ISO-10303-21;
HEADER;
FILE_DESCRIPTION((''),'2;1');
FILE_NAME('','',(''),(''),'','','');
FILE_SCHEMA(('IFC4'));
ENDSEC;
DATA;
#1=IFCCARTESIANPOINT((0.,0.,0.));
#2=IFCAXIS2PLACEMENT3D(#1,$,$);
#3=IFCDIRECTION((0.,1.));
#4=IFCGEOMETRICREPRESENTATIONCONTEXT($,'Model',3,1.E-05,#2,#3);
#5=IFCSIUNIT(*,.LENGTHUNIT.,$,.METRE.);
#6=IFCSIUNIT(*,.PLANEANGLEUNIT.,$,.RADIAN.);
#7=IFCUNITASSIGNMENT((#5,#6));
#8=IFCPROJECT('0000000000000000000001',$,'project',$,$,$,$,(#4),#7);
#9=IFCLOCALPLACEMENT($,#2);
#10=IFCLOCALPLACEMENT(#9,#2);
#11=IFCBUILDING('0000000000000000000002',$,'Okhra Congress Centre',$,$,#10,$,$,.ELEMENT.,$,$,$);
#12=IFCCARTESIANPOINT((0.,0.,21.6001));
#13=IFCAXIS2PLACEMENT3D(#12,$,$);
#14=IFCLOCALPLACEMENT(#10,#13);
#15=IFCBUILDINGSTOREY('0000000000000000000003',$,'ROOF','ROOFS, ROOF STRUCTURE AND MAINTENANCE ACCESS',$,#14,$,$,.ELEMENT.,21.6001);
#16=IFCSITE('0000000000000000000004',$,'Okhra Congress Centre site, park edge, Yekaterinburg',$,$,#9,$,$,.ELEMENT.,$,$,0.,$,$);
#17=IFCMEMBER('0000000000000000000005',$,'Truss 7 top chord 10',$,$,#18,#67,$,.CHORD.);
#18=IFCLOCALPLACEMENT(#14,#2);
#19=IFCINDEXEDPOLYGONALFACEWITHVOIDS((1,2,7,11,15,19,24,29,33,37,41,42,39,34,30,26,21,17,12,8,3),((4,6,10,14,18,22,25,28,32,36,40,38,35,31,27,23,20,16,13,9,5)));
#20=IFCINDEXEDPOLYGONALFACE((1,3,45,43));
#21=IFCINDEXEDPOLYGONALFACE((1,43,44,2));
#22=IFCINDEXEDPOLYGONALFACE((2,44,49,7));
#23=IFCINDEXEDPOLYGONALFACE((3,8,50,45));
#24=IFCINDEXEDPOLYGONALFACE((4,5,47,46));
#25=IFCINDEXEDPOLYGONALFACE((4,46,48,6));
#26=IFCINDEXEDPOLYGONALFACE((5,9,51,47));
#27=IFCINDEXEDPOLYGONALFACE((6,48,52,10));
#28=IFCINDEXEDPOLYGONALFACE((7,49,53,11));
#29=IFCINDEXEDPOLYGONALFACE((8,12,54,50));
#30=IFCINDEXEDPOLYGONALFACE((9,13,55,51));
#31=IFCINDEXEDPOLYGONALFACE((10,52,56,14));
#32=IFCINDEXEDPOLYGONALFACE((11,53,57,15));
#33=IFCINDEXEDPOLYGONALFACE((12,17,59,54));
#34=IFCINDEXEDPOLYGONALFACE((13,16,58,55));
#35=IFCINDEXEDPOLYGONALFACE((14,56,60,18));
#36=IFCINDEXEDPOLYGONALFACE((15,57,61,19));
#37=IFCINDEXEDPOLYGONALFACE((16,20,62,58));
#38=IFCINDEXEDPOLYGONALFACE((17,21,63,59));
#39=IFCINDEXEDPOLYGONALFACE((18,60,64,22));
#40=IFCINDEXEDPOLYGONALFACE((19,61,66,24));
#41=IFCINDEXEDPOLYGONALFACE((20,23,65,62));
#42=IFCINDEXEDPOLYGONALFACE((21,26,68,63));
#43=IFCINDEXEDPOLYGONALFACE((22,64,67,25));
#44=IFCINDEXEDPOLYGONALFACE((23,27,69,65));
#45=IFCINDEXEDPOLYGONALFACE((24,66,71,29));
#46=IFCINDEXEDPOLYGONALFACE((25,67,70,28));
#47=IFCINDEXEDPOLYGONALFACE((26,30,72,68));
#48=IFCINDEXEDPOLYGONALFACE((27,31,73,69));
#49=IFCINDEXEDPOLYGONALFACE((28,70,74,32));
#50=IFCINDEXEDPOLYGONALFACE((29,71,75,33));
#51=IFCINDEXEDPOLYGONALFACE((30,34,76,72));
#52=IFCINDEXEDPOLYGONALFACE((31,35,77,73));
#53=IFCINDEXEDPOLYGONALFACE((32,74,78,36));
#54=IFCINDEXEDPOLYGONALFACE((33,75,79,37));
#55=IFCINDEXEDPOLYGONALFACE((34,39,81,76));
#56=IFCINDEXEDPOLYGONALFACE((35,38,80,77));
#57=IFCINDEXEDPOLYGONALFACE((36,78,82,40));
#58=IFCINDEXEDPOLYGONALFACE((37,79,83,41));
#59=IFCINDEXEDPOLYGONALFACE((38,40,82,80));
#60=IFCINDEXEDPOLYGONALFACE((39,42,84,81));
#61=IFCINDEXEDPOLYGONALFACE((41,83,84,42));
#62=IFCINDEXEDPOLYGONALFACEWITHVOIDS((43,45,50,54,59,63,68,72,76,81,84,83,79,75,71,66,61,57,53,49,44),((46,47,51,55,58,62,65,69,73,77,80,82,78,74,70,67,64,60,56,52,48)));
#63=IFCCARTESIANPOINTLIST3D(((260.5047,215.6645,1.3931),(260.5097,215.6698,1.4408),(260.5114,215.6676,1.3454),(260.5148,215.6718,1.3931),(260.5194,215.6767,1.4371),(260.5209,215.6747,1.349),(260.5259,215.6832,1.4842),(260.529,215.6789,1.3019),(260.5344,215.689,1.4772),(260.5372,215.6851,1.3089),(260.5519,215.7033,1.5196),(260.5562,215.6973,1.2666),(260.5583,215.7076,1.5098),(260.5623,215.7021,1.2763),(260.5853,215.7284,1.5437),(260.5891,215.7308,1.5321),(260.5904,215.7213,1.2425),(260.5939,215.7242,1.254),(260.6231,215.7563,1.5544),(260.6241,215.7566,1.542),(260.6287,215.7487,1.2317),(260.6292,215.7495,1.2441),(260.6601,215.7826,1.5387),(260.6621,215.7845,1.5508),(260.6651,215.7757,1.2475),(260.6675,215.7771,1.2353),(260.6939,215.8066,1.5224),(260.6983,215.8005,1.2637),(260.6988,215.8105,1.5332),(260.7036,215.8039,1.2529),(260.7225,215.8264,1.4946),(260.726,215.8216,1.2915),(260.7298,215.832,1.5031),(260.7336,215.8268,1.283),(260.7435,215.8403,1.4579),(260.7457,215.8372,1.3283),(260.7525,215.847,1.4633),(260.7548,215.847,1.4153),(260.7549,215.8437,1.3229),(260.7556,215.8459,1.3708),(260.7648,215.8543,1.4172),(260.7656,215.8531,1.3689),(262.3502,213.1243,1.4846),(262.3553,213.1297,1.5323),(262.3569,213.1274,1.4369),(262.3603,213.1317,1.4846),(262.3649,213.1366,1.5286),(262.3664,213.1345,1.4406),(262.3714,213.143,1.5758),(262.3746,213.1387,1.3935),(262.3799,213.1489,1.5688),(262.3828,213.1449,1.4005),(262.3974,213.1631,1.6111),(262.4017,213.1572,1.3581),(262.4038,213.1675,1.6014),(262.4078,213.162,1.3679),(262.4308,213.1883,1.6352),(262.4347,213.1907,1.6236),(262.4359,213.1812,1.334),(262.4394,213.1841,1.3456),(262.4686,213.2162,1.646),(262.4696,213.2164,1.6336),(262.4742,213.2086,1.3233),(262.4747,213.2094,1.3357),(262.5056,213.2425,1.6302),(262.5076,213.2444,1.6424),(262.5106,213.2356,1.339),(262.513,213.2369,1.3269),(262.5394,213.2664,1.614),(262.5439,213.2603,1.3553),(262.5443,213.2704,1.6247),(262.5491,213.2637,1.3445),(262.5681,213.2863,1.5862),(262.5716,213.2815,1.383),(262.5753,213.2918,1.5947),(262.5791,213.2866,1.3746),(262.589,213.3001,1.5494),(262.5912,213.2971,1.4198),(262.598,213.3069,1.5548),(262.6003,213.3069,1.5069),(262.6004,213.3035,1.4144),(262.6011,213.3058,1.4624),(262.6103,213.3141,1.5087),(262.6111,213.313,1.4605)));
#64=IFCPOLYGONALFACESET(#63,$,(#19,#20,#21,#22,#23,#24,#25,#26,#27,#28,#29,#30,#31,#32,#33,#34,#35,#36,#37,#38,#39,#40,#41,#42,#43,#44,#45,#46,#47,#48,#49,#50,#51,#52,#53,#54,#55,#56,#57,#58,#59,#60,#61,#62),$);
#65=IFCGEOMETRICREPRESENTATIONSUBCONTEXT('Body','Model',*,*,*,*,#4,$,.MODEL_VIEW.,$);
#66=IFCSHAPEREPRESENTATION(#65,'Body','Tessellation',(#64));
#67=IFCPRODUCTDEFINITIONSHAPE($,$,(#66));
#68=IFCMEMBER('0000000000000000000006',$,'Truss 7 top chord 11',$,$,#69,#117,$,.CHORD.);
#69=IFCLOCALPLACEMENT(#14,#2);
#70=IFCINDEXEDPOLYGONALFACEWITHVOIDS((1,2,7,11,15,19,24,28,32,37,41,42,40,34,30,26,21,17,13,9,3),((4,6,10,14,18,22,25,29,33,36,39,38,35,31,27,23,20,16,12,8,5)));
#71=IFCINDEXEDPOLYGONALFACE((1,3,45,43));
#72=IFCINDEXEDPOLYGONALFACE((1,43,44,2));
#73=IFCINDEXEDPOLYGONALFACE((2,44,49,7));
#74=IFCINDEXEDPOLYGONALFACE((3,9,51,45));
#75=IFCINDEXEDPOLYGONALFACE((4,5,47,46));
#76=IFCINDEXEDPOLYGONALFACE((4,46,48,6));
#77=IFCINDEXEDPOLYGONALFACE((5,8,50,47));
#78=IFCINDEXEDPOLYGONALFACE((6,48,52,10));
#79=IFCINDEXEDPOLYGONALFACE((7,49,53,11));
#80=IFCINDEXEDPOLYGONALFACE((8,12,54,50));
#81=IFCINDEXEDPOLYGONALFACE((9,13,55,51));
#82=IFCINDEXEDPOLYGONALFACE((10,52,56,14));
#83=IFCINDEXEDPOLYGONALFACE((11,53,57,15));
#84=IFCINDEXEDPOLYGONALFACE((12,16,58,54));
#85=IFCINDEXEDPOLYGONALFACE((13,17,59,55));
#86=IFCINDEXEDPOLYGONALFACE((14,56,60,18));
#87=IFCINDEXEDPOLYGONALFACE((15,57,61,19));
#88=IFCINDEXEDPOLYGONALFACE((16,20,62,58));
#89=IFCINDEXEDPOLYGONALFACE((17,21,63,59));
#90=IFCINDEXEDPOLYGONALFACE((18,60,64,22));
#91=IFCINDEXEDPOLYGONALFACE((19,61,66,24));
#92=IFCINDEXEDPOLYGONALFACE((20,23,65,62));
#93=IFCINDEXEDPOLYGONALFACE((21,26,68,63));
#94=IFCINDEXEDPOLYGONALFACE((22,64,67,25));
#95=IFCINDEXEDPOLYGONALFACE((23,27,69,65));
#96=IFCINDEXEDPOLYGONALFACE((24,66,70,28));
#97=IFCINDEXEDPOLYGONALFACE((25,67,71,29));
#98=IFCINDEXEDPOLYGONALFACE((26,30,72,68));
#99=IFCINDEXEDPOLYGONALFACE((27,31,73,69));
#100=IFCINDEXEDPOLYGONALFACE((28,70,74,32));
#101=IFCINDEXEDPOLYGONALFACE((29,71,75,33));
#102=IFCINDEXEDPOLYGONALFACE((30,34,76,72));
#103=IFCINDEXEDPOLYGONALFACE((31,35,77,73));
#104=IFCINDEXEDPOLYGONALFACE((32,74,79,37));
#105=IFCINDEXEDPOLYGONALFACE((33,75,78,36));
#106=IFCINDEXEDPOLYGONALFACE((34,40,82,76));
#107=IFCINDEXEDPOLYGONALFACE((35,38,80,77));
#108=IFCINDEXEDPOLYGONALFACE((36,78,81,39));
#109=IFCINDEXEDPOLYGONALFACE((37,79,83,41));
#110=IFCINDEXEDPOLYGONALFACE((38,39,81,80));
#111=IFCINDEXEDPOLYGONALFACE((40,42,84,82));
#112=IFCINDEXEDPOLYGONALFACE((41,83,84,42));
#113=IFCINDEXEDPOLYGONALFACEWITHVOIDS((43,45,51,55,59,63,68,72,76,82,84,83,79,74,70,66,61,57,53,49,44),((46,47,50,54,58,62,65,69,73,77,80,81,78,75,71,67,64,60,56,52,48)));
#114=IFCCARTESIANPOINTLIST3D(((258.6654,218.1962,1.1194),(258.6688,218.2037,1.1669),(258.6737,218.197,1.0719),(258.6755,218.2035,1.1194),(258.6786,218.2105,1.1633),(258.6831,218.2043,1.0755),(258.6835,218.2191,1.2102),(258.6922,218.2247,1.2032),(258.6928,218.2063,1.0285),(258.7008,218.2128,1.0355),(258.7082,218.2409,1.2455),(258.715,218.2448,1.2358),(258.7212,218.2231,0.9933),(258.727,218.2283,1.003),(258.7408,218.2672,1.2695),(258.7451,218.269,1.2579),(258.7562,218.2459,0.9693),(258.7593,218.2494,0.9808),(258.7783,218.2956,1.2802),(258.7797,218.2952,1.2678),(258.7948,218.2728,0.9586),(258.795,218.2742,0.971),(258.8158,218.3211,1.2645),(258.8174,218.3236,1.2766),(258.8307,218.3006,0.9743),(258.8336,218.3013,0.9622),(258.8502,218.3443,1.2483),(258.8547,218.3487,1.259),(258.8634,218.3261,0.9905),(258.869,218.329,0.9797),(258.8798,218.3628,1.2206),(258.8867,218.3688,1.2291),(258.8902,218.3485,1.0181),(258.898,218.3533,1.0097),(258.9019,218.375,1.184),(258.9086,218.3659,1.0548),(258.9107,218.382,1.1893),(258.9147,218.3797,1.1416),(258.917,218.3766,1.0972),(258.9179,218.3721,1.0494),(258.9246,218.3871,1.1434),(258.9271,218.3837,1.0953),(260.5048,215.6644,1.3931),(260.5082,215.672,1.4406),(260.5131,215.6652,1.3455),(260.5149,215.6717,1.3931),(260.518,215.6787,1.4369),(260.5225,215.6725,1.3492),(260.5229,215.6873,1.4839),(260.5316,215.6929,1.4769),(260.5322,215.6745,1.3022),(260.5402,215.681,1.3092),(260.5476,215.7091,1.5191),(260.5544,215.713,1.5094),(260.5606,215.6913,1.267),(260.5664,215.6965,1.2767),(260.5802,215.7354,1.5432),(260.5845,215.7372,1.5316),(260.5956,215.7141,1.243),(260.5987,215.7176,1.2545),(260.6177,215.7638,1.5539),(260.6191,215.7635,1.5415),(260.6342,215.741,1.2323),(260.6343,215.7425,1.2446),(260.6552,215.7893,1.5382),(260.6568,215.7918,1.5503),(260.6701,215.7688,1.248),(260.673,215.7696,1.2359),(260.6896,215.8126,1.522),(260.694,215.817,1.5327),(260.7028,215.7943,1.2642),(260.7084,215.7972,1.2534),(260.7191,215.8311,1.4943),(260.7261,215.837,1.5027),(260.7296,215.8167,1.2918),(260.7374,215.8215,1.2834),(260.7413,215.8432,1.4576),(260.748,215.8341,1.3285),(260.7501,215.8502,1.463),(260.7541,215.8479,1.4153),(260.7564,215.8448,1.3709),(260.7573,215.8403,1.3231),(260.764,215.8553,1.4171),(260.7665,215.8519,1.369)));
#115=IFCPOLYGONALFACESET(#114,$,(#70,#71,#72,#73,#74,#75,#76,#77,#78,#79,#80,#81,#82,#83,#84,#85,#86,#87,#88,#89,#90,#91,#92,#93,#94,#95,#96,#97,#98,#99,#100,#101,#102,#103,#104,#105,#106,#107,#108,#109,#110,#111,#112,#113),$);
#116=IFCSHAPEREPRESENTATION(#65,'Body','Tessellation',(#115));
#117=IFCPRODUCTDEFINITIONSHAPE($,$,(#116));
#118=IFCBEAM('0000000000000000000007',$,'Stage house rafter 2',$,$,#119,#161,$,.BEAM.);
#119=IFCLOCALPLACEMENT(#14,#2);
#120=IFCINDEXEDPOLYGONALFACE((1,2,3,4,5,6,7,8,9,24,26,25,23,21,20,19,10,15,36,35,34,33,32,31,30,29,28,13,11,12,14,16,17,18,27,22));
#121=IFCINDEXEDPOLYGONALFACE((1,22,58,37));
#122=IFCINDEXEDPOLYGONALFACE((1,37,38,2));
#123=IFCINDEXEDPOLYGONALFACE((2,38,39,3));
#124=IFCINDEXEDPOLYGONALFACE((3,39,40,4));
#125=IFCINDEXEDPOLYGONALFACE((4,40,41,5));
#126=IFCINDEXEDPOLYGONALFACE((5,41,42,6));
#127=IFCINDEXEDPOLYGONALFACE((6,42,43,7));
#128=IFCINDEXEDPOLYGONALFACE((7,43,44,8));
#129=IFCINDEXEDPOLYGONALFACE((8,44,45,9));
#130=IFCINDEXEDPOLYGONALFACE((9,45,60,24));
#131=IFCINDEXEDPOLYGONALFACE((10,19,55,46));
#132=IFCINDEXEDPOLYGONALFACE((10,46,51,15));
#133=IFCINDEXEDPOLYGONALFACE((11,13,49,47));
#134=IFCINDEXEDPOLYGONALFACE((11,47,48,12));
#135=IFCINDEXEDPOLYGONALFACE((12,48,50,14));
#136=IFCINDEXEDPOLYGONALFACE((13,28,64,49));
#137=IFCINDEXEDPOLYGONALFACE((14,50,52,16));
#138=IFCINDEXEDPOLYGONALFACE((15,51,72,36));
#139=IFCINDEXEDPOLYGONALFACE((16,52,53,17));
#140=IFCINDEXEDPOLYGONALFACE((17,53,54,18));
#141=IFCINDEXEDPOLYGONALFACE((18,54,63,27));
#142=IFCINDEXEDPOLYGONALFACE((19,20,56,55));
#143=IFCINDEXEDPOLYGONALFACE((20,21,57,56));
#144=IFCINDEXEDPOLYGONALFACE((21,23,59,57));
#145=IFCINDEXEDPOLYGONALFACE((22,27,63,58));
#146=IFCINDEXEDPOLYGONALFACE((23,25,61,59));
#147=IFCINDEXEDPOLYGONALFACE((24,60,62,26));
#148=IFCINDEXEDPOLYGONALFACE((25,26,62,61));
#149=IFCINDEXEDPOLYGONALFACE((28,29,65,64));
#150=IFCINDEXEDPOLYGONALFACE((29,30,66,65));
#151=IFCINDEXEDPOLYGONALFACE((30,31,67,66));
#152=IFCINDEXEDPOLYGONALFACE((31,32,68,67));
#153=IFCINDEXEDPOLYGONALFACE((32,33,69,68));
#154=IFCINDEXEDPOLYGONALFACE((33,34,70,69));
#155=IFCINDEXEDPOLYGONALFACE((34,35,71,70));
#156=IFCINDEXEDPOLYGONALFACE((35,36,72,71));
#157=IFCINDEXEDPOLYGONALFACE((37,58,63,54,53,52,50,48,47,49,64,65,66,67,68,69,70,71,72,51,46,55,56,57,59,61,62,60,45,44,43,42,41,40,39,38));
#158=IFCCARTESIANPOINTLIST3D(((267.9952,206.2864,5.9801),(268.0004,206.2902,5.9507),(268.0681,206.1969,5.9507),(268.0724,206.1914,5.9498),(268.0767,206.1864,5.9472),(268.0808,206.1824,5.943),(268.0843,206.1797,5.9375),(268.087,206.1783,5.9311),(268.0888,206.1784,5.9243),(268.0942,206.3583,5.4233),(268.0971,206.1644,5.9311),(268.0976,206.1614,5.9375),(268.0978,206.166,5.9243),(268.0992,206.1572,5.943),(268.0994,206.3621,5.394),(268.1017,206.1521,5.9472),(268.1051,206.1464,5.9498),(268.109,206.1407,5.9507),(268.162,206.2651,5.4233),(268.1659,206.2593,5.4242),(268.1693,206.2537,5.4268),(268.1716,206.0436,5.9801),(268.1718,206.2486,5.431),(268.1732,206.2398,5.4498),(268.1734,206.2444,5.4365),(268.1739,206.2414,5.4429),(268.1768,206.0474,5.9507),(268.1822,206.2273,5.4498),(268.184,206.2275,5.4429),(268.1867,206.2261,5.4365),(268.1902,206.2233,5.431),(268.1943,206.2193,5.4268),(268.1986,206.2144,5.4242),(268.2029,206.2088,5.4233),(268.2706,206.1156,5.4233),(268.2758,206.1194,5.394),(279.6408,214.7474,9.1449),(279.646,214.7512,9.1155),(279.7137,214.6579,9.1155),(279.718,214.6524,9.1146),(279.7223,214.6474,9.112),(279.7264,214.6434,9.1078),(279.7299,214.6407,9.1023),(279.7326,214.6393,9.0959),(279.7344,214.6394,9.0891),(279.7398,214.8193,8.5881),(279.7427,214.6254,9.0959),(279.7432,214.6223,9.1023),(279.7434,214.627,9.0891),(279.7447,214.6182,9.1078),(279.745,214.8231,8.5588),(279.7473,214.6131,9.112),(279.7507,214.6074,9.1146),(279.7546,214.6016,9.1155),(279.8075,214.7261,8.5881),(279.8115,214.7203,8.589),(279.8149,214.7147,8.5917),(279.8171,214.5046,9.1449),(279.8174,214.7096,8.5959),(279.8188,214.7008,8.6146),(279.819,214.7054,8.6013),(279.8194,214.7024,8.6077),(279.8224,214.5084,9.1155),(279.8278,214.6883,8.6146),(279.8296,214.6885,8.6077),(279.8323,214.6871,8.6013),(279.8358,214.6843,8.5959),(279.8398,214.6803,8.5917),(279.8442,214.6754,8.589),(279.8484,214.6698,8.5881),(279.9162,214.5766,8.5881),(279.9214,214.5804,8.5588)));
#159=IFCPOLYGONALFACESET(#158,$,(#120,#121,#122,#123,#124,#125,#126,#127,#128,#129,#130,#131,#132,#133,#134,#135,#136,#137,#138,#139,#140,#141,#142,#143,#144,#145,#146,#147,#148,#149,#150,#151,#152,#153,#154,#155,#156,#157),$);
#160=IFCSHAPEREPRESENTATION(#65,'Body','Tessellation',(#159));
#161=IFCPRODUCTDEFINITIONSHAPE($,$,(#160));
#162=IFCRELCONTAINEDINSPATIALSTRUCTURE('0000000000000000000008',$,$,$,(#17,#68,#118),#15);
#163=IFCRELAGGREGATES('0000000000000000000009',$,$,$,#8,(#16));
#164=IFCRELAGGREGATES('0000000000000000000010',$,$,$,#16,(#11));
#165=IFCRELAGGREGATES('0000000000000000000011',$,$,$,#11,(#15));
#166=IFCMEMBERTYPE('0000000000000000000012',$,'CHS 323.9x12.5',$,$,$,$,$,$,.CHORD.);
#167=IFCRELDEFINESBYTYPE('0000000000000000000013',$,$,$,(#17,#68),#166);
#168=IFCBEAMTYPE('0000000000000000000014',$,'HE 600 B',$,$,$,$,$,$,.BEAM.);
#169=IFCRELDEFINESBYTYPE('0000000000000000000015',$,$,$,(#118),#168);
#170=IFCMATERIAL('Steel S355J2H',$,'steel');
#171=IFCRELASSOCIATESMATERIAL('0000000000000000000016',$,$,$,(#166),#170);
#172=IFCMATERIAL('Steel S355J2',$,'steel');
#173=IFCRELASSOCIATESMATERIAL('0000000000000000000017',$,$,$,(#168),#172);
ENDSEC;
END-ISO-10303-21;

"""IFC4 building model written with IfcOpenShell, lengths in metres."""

from ifc_helpers import new_model, si_unit, direction, frame, origin, origin_2d, place, context, subcontext, project, spatial, hollow_circle, i_section, extrude, material, material_profile, profile_set, type_object, element, save


model = new_model("IFC4")

# Units and contexts
model_context = context("Model", 3, precision=1e-05, world=origin(), true_north=direction((0.0, 1.0)))
body_context = subcontext(model_context, "Body", "Model", "MODEL_VIEW")
ifc_project = project(units=[si_unit("LENGTHUNIT", "METRE"), si_unit("PLANEANGLEUNIT", "RADIAN")], contexts=[model_context])

# Site, building, storey
site_placement = place(None, origin())
site = spatial("IfcSite", under=ifc_project, at=site_placement, Name="Okhra Congress Centre site, park edge, Yekaterinburg", CompositionType="ELEMENT", RefElevation=0.0)
building_placement = place(site_placement, origin())
building = spatial("IfcBuilding", under=site, at=building_placement, Name="Okhra Congress Centre", CompositionType="ELEMENT")
storey_placement = place(building_placement, frame((0.0, 0.0, 21.6001)))
storey = spatial("IfcBuildingStorey", under=building, at=storey_placement, Name="ROOF", Description="ROOFS, ROOF STRUCTURE AND MAINTENANCE ACCESS", CompositionType="ELEMENT", Elevation=21.6001)

# Members
ifc_material_1 = material(Name="Steel S355J2H", Category="steel")
ifc_material_profile_1 = material_profile(ifc_material_1, hollow_circle(Radius=0.1619, WallThickness=0.0125, at=origin_2d()), Name="CHS 323.9x12.5")
ifc_profile_set_1 = profile_set([ifc_material_profile_1], Name="Steel S355J2H")
member_type_1 = type_object("IfcMemberType", Name="CHS 323.9x12.5", PredefinedType="CHORD", material=ifc_profile_set_1)
member_1_placement = place(storey_placement, frame((262.4812, 213.2195, 1.4846), z_axis=(-0.587538, 0.808671, -0.029148), x_axis=(-0.809015, -0.587788, 0.0)))
element("IfcMember", 1, at=member_1_placement, inside=storey, type_object=member_type_1, Name="Truss 7 top chord 10", PredefinedType="CHORD", context=body_context, shape_type="SweptSolid", body=[
    extrude(hollow_circle(Radius=0.1619, WallThickness=0.0125, at=origin_2d()), origin(), (0.0, 0.0, 1.0), 3.1411),
])
member_2_placement = place(storey_placement, frame((260.6357, 215.7595, 1.3931), z_axis=(-0.585538, 0.80595, -0.087123), x_axis=(-0.809026, -0.587773, 0.0)))
element("IfcMember", 2, at=member_2_placement, inside=storey, type_object=member_type_1, Name="Truss 7 top chord 11", PredefinedType="CHORD", context=body_context, shape_type="SweptSolid", body=[
    extrude(hollow_circle(Radius=0.1619, WallThickness=0.0125, at=origin_2d()), origin(), (0.0, 0.0, 1.0), 3.1414),
])

# Beam
ifc_material_2 = material(Name="Steel S355J2", Category="steel")
ifc_material_profile_2 = material_profile(ifc_material_2, i_section(OverallWidth=0.3, OverallDepth=0.6001, WebThickness=0.0154, FlangeThickness=0.03, FilletRadius=0.0271, at=origin_2d()), Name="HE 600 B")
ifc_profile_set_2 = profile_set([ifc_material_profile_2], Name="Steel S355J2")
beam_type = type_object("IfcBeamType", Name="HE 600 B", PredefinedType="BEAM", material=ifc_profile_set_2)
beam_1_placement = place(storey_placement, frame((268.1355, 206.2029, 5.687), z_axis=(0.790146, 0.574073, 0.214731), x_axis=(-0.587784, 0.809018, 0.0)))
element("IfcBeam", 3, at=beam_1_placement, inside=storey, type_object=beam_type, Name="Stage house rafter 2", PredefinedType="BEAM", context=body_context, shape_type="SweptSolid", body=[
    extrude(i_section(OverallWidth=0.3, OverallDepth=0.6001, WebThickness=0.0154, FlangeThickness=0.03, FilletRadius=0.0271, at=origin_2d()), origin(), (0.0, 0.0, 1.0), 14.7385),
])

save(model, "model.ifc")
